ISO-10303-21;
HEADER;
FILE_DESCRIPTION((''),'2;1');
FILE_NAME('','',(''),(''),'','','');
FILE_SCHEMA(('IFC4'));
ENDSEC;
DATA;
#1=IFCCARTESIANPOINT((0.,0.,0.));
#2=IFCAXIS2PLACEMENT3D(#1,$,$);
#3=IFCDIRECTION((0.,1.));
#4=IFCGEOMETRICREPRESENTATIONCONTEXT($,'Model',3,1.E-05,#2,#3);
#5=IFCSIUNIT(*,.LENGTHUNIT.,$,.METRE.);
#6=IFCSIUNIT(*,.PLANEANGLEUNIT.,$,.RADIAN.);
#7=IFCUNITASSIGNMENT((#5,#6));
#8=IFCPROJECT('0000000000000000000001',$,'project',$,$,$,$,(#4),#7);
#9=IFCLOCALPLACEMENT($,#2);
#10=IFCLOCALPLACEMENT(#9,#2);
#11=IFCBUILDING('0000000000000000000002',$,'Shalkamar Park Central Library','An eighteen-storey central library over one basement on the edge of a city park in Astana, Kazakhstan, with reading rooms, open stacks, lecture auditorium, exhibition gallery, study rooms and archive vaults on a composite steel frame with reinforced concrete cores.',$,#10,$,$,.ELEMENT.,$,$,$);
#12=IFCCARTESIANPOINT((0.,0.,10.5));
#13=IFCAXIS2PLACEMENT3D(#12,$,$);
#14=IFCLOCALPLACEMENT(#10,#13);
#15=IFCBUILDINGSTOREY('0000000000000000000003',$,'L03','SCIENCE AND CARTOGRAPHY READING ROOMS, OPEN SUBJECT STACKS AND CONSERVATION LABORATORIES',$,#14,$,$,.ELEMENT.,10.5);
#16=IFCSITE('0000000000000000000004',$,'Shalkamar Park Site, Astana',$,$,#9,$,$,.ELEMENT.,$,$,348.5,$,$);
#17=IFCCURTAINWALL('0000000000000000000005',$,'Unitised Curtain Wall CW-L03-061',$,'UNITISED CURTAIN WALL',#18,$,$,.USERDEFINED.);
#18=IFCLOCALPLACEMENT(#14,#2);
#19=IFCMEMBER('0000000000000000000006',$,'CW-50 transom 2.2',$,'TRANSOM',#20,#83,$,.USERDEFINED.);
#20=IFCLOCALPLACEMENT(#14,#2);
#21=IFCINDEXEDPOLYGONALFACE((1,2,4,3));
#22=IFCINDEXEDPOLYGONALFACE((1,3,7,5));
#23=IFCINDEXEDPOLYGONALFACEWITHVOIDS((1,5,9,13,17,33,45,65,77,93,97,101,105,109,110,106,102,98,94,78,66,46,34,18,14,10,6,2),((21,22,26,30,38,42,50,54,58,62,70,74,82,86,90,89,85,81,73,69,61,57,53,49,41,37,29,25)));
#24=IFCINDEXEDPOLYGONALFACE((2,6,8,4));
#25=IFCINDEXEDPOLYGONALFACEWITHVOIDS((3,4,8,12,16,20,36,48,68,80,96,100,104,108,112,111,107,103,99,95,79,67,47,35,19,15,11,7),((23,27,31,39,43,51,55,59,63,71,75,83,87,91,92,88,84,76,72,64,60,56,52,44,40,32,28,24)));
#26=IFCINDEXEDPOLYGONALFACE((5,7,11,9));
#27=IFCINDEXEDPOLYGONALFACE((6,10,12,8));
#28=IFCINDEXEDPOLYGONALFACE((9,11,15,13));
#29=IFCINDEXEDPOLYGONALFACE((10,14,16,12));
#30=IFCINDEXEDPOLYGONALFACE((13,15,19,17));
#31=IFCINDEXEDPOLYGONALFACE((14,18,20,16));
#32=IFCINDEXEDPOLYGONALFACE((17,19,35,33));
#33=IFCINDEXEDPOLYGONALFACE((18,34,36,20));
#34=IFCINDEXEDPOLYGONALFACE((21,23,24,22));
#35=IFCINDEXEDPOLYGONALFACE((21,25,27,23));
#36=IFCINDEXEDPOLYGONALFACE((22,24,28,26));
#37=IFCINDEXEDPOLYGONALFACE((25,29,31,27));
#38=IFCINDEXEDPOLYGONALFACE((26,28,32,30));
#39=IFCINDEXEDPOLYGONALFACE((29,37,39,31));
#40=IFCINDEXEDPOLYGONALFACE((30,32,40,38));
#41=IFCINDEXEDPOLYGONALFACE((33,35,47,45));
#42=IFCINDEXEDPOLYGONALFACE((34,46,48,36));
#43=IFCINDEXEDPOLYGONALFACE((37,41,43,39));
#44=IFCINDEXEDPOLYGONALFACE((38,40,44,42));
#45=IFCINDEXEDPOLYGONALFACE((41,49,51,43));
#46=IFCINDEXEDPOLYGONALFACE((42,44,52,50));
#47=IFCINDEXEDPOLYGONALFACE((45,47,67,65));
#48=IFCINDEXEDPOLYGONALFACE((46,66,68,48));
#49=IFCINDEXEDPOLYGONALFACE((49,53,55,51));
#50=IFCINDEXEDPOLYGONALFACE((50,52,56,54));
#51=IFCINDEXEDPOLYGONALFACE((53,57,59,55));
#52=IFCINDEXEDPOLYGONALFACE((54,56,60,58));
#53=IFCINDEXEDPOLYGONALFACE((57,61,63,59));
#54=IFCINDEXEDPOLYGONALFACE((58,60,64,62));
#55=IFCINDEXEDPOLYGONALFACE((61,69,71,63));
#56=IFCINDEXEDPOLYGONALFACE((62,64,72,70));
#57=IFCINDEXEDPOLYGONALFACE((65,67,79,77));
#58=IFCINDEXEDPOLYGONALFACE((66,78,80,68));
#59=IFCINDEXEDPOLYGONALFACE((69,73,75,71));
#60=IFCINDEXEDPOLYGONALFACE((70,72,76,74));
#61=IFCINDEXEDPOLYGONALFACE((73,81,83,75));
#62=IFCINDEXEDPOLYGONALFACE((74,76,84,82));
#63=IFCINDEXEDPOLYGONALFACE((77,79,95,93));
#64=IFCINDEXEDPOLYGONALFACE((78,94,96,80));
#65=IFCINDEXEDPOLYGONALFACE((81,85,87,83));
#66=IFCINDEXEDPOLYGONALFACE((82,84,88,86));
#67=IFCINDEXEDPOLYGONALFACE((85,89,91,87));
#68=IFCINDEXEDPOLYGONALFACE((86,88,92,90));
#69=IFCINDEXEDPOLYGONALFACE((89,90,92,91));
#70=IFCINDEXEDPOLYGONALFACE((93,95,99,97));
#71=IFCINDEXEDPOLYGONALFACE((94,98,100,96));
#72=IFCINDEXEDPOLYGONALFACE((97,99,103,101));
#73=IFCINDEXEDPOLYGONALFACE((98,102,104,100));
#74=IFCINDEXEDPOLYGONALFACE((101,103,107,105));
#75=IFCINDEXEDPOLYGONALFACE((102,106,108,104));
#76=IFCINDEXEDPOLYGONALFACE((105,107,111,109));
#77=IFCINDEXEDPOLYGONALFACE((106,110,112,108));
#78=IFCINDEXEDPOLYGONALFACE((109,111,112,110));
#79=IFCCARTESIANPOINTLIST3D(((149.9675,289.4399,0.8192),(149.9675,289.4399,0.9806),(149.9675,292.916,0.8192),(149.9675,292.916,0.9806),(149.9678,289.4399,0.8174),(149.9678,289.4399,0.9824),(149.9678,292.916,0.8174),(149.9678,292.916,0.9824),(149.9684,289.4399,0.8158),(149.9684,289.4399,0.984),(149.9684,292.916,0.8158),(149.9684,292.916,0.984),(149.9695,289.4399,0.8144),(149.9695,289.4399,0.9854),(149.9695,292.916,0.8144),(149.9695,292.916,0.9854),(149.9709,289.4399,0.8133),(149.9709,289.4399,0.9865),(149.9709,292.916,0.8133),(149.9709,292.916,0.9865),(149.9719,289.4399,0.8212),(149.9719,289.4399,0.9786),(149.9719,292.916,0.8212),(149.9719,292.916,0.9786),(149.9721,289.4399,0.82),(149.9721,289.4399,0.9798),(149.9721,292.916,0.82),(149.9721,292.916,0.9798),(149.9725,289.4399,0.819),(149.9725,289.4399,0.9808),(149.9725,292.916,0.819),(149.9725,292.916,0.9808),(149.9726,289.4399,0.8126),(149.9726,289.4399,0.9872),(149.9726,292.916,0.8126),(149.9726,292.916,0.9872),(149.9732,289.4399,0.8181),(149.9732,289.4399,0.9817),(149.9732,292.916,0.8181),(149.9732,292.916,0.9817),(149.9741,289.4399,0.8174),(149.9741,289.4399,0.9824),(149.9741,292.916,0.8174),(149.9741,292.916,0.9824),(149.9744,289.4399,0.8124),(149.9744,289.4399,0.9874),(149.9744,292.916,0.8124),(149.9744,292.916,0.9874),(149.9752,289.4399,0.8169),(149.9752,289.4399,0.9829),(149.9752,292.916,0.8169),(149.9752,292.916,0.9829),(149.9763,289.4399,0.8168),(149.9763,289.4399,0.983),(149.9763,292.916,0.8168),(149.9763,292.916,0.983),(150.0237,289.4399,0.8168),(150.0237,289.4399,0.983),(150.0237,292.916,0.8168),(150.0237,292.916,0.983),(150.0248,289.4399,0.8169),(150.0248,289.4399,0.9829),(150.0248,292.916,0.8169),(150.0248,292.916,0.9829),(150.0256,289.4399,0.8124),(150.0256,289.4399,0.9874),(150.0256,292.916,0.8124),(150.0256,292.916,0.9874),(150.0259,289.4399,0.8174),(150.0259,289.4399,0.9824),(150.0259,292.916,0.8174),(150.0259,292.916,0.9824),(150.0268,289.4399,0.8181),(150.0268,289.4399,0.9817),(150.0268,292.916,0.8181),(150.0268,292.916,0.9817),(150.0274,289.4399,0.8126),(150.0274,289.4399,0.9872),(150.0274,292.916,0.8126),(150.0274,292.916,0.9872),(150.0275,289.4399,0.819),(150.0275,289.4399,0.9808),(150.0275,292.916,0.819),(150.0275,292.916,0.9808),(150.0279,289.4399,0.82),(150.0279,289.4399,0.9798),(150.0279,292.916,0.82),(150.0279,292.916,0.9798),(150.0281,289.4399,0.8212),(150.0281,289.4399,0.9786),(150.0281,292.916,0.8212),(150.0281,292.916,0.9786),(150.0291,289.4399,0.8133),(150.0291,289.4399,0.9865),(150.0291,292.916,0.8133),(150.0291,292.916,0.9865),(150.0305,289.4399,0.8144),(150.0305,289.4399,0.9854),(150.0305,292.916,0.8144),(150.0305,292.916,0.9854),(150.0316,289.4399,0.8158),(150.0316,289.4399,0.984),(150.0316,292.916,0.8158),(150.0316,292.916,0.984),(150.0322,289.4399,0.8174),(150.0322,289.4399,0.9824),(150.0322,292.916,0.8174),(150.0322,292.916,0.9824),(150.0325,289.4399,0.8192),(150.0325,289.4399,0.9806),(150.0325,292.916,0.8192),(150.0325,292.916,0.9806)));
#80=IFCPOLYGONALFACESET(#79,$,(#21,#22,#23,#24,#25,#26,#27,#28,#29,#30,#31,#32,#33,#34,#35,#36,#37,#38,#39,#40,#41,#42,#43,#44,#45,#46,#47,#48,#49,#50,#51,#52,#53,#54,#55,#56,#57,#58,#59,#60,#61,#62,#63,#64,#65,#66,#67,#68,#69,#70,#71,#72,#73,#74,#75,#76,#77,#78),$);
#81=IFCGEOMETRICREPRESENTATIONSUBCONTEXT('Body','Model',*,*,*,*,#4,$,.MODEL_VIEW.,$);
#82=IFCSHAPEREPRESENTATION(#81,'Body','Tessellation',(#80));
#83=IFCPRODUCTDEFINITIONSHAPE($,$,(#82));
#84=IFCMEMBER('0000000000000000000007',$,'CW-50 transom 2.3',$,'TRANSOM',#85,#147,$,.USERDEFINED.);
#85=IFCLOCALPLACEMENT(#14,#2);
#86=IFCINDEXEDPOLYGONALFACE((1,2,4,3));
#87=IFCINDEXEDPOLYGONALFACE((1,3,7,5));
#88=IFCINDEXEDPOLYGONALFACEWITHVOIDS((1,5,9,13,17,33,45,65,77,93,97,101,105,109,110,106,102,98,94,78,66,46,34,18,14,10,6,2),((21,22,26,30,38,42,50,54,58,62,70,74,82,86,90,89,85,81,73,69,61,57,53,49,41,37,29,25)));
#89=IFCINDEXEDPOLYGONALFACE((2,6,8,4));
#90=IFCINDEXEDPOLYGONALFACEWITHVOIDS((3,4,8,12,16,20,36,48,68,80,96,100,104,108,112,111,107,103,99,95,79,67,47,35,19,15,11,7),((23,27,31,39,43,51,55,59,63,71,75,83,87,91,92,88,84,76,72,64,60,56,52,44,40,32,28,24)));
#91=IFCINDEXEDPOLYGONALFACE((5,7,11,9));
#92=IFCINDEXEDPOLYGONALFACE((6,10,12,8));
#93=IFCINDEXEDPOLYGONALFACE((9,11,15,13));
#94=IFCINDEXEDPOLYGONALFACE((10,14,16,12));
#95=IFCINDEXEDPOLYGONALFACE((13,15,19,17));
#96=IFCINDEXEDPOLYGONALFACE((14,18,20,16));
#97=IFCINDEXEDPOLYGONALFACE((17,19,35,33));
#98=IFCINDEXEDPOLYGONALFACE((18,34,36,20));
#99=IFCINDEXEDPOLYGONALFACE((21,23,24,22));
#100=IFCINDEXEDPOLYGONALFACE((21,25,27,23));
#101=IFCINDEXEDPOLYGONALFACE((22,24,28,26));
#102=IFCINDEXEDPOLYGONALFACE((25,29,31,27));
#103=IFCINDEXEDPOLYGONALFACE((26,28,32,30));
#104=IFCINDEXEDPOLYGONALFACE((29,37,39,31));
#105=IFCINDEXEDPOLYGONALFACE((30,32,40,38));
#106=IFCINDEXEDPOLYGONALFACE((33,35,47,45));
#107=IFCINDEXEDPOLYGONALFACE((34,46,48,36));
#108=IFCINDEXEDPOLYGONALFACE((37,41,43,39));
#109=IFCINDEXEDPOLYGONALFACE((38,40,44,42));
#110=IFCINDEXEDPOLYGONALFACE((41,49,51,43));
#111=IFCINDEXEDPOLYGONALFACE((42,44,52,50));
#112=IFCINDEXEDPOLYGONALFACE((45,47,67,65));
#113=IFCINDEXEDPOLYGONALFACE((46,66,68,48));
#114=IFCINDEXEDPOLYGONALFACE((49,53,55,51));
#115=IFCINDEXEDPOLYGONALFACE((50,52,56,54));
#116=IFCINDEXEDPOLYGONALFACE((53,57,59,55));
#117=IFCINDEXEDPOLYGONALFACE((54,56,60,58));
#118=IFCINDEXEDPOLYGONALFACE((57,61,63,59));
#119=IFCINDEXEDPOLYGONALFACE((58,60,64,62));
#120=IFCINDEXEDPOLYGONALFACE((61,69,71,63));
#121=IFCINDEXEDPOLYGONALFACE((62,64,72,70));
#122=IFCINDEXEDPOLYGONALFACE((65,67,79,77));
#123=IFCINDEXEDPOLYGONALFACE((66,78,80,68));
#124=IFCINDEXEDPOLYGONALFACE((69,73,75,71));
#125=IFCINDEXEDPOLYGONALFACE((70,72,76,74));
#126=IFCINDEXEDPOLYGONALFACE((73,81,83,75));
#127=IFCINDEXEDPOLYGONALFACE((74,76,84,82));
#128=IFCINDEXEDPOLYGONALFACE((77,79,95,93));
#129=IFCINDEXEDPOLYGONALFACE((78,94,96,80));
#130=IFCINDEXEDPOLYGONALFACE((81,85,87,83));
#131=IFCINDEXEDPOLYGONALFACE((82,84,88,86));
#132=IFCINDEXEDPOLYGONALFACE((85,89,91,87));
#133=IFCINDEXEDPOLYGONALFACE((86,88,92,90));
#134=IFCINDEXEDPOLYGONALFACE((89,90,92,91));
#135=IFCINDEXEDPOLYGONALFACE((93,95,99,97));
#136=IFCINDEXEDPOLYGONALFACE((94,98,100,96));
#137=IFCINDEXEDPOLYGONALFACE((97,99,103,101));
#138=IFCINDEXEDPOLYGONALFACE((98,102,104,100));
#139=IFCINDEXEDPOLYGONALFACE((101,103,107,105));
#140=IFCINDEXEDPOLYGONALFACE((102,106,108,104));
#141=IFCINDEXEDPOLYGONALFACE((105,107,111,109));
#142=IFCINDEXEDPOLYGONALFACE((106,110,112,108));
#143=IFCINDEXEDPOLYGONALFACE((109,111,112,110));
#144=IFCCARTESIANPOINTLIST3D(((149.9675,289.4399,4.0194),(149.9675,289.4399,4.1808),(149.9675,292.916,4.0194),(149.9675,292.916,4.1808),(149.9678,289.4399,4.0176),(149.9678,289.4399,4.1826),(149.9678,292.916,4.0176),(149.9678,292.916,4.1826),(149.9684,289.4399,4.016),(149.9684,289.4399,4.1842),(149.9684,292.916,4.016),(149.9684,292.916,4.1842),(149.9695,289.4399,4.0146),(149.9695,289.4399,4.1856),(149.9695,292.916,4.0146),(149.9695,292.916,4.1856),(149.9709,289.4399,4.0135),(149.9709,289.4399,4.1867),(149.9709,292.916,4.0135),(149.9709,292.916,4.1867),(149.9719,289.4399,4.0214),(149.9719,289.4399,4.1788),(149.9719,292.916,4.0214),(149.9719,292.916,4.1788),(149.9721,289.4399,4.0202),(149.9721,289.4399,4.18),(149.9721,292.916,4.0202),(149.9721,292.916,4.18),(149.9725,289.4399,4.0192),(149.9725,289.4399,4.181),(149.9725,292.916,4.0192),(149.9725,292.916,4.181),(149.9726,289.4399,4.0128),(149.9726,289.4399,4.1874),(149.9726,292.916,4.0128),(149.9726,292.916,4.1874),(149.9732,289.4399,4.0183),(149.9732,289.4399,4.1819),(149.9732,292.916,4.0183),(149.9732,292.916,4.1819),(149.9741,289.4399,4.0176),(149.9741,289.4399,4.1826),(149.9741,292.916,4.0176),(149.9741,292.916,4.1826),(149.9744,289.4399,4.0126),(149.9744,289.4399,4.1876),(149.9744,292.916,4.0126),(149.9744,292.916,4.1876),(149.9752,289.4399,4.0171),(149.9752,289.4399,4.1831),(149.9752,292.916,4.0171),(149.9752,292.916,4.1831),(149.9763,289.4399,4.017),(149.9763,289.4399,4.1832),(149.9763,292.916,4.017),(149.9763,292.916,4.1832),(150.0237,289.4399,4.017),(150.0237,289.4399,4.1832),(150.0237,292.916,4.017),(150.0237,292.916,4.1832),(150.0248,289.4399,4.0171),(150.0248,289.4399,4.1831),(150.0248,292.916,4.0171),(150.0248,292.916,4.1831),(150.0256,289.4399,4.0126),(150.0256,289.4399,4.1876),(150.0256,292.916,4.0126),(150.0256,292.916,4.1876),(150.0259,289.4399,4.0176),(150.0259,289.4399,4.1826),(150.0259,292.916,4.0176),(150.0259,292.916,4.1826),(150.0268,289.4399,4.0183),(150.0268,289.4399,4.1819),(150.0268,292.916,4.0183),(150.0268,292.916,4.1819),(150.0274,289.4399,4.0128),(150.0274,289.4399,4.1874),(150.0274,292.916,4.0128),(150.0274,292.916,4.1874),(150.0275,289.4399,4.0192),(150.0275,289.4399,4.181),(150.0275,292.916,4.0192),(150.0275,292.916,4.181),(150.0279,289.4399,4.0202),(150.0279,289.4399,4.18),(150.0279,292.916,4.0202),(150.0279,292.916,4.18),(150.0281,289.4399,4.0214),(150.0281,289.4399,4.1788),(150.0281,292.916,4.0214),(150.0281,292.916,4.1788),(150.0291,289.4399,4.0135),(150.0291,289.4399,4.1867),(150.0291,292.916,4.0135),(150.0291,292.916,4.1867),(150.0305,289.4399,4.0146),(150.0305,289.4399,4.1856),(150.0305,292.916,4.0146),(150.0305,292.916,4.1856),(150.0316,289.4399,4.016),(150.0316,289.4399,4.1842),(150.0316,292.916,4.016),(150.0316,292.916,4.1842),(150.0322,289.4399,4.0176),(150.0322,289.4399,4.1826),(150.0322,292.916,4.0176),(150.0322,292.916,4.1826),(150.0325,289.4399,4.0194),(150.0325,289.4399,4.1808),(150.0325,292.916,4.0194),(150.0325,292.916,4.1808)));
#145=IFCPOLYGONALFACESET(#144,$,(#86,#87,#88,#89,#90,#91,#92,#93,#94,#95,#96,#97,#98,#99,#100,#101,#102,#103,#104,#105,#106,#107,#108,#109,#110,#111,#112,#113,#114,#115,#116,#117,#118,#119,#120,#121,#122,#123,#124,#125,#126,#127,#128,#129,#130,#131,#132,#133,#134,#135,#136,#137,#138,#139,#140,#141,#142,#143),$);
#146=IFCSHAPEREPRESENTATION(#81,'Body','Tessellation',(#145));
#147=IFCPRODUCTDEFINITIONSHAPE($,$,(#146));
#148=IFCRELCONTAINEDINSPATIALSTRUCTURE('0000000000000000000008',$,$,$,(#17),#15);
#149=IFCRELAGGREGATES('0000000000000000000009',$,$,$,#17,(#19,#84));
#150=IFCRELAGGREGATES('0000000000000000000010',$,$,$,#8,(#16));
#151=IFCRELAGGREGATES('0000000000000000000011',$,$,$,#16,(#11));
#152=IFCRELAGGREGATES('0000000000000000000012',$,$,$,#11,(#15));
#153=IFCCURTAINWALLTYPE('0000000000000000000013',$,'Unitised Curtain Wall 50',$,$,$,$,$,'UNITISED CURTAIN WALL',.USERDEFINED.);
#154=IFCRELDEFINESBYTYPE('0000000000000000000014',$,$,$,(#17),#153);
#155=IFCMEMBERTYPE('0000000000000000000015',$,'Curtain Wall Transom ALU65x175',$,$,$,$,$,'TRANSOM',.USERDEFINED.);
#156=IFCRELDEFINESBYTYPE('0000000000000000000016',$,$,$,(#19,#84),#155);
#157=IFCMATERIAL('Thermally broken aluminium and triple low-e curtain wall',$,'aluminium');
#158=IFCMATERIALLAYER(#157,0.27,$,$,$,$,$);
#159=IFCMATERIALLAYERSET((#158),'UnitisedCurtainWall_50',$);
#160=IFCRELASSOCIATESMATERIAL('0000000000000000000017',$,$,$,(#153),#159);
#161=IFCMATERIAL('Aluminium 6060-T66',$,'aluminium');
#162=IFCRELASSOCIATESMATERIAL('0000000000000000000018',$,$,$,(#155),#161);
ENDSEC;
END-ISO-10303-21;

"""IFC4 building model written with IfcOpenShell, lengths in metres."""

from ifc_helpers import new_model, si_unit, direction, frame, origin, origin_2d, place, context, subcontext, project, spatial, hollow_rectangle, extrude, material, layer, layer_set, material_profile, profile_set, type_object, element, aggregate, save


model = new_model("IFC4")

# Units and contexts
model_context = context("Model", 3, precision=1e-05, world=origin(), true_north=direction((0.0, 1.0)))
body_context = subcontext(model_context, "Body", "Model", "MODEL_VIEW")
ifc_project = project(units=[si_unit("LENGTHUNIT", "METRE"), si_unit("PLANEANGLEUNIT", "RADIAN")], contexts=[model_context])

# Site, building, storey
site_placement = place(None, origin())
site = spatial("IfcSite", under=ifc_project, at=site_placement, Name="Shalkamar Park Site, Astana", CompositionType="ELEMENT", RefElevation=348.5)
building_placement = place(site_placement, origin())
building = spatial("IfcBuilding", under=site, at=building_placement, Name="Shalkamar Park Central Library", Description="An eighteen-storey central library over one basement on the edge of a city park in Astana, Kazakhstan, with reading rooms, open stacks, lecture auditorium, exhibition gallery, study rooms and archive vaults on a composite steel frame with reinforced concrete cores.", CompositionType="ELEMENT")
storey_placement = place(building_placement, frame((0.0, 0.0, 10.5)))
storey = spatial("IfcBuildingStorey", under=building, at=storey_placement, Name="L03", Description="SCIENCE AND CARTOGRAPHY READING ROOMS, OPEN SUBJECT STACKS AND CONSERVATION LABORATORIES", CompositionType="ELEMENT", Elevation=10.5)

# Shared definitions
ifc_material_1 = material(Name="Thermally broken aluminium and triple low-e curtain wall", Category="aluminium")
ifc_material_2 = material(Name="Aluminium 6060-T66", Category="aluminium")

# Curtain wall, members
ifc_layer_1 = layer(ifc_material_1, 0.27)
ifc_layer_set_1 = layer_set([ifc_layer_1], Name="UnitisedCurtainWall_50")
curtain_wall_type_1 = type_object("IfcCurtainWallType", Name="Unitised Curtain Wall 50", ElementType="UNITISED CURTAIN WALL", PredefinedType="USERDEFINED", material=ifc_layer_set_1)
curtain_wall_1_placement = place(storey_placement, origin())
curtain_wall_1 = element("IfcCurtainWall", 1, at=curtain_wall_1_placement, inside=storey, type_object=curtain_wall_type_1, Name="Unitised Curtain Wall CW-L03-061", ObjectType="UNITISED CURTAIN WALL", PredefinedType="USERDEFINED")
ifc_material_profile_1 = material_profile(ifc_material_2, hollow_rectangle(XDim=0.0649, YDim=0.175, WallThickness=0.0044, InnerFilletRadius=0.0044, OuterFilletRadius=0.0068, at=origin_2d()), Name="ALU 65x175x4.5")
ifc_profile_set_1 = profile_set([ifc_material_profile_1], Name="Aluminium 6060-T66")
member_type_1 = type_object("IfcMemberType", Name="Curtain Wall Transom ALU65x175", ElementType="TRANSOM", PredefinedType="USERDEFINED", material=ifc_profile_set_1)
member_1_placement = place(storey_placement, frame((150.0, 289.4399, 0.8999), z_axis=(0.0, 1.0, 0.0), x_axis=(-1.0, 0.0, 0.0)))
member_1 = element("IfcMember", 2, at=member_1_placement, type_object=member_type_1, Name="CW-50 transom 2.2", ObjectType="TRANSOM", PredefinedType="USERDEFINED", context=body_context, shape_type="SweptSolid", body=[
    extrude(hollow_rectangle(XDim=0.0649, YDim=0.175, WallThickness=0.0044, InnerFilletRadius=0.0044, OuterFilletRadius=0.0068, at=origin_2d()), origin(), (0.0, 0.0, 1.0), 3.4761),
])
member_2_placement = place(storey_placement, frame((150.0, 289.4399, 4.1001), z_axis=(0.0, 1.0, 0.0), x_axis=(-1.0, 0.0, 0.0)))
member_2 = element("IfcMember", 3, at=member_2_placement, type_object=member_type_1, Name="CW-50 transom 2.3", ObjectType="TRANSOM", PredefinedType="USERDEFINED", context=body_context, shape_type="SweptSolid", body=[
    extrude(hollow_rectangle(XDim=0.0649, YDim=0.175, WallThickness=0.0044, InnerFilletRadius=0.0044, OuterFilletRadius=0.0068, at=origin_2d()), origin(), (0.0, 0.0, 1.0), 3.4761),
])

aggregate(curtain_wall_1, [member_1, member_2])

save(model, "model.ifc")
